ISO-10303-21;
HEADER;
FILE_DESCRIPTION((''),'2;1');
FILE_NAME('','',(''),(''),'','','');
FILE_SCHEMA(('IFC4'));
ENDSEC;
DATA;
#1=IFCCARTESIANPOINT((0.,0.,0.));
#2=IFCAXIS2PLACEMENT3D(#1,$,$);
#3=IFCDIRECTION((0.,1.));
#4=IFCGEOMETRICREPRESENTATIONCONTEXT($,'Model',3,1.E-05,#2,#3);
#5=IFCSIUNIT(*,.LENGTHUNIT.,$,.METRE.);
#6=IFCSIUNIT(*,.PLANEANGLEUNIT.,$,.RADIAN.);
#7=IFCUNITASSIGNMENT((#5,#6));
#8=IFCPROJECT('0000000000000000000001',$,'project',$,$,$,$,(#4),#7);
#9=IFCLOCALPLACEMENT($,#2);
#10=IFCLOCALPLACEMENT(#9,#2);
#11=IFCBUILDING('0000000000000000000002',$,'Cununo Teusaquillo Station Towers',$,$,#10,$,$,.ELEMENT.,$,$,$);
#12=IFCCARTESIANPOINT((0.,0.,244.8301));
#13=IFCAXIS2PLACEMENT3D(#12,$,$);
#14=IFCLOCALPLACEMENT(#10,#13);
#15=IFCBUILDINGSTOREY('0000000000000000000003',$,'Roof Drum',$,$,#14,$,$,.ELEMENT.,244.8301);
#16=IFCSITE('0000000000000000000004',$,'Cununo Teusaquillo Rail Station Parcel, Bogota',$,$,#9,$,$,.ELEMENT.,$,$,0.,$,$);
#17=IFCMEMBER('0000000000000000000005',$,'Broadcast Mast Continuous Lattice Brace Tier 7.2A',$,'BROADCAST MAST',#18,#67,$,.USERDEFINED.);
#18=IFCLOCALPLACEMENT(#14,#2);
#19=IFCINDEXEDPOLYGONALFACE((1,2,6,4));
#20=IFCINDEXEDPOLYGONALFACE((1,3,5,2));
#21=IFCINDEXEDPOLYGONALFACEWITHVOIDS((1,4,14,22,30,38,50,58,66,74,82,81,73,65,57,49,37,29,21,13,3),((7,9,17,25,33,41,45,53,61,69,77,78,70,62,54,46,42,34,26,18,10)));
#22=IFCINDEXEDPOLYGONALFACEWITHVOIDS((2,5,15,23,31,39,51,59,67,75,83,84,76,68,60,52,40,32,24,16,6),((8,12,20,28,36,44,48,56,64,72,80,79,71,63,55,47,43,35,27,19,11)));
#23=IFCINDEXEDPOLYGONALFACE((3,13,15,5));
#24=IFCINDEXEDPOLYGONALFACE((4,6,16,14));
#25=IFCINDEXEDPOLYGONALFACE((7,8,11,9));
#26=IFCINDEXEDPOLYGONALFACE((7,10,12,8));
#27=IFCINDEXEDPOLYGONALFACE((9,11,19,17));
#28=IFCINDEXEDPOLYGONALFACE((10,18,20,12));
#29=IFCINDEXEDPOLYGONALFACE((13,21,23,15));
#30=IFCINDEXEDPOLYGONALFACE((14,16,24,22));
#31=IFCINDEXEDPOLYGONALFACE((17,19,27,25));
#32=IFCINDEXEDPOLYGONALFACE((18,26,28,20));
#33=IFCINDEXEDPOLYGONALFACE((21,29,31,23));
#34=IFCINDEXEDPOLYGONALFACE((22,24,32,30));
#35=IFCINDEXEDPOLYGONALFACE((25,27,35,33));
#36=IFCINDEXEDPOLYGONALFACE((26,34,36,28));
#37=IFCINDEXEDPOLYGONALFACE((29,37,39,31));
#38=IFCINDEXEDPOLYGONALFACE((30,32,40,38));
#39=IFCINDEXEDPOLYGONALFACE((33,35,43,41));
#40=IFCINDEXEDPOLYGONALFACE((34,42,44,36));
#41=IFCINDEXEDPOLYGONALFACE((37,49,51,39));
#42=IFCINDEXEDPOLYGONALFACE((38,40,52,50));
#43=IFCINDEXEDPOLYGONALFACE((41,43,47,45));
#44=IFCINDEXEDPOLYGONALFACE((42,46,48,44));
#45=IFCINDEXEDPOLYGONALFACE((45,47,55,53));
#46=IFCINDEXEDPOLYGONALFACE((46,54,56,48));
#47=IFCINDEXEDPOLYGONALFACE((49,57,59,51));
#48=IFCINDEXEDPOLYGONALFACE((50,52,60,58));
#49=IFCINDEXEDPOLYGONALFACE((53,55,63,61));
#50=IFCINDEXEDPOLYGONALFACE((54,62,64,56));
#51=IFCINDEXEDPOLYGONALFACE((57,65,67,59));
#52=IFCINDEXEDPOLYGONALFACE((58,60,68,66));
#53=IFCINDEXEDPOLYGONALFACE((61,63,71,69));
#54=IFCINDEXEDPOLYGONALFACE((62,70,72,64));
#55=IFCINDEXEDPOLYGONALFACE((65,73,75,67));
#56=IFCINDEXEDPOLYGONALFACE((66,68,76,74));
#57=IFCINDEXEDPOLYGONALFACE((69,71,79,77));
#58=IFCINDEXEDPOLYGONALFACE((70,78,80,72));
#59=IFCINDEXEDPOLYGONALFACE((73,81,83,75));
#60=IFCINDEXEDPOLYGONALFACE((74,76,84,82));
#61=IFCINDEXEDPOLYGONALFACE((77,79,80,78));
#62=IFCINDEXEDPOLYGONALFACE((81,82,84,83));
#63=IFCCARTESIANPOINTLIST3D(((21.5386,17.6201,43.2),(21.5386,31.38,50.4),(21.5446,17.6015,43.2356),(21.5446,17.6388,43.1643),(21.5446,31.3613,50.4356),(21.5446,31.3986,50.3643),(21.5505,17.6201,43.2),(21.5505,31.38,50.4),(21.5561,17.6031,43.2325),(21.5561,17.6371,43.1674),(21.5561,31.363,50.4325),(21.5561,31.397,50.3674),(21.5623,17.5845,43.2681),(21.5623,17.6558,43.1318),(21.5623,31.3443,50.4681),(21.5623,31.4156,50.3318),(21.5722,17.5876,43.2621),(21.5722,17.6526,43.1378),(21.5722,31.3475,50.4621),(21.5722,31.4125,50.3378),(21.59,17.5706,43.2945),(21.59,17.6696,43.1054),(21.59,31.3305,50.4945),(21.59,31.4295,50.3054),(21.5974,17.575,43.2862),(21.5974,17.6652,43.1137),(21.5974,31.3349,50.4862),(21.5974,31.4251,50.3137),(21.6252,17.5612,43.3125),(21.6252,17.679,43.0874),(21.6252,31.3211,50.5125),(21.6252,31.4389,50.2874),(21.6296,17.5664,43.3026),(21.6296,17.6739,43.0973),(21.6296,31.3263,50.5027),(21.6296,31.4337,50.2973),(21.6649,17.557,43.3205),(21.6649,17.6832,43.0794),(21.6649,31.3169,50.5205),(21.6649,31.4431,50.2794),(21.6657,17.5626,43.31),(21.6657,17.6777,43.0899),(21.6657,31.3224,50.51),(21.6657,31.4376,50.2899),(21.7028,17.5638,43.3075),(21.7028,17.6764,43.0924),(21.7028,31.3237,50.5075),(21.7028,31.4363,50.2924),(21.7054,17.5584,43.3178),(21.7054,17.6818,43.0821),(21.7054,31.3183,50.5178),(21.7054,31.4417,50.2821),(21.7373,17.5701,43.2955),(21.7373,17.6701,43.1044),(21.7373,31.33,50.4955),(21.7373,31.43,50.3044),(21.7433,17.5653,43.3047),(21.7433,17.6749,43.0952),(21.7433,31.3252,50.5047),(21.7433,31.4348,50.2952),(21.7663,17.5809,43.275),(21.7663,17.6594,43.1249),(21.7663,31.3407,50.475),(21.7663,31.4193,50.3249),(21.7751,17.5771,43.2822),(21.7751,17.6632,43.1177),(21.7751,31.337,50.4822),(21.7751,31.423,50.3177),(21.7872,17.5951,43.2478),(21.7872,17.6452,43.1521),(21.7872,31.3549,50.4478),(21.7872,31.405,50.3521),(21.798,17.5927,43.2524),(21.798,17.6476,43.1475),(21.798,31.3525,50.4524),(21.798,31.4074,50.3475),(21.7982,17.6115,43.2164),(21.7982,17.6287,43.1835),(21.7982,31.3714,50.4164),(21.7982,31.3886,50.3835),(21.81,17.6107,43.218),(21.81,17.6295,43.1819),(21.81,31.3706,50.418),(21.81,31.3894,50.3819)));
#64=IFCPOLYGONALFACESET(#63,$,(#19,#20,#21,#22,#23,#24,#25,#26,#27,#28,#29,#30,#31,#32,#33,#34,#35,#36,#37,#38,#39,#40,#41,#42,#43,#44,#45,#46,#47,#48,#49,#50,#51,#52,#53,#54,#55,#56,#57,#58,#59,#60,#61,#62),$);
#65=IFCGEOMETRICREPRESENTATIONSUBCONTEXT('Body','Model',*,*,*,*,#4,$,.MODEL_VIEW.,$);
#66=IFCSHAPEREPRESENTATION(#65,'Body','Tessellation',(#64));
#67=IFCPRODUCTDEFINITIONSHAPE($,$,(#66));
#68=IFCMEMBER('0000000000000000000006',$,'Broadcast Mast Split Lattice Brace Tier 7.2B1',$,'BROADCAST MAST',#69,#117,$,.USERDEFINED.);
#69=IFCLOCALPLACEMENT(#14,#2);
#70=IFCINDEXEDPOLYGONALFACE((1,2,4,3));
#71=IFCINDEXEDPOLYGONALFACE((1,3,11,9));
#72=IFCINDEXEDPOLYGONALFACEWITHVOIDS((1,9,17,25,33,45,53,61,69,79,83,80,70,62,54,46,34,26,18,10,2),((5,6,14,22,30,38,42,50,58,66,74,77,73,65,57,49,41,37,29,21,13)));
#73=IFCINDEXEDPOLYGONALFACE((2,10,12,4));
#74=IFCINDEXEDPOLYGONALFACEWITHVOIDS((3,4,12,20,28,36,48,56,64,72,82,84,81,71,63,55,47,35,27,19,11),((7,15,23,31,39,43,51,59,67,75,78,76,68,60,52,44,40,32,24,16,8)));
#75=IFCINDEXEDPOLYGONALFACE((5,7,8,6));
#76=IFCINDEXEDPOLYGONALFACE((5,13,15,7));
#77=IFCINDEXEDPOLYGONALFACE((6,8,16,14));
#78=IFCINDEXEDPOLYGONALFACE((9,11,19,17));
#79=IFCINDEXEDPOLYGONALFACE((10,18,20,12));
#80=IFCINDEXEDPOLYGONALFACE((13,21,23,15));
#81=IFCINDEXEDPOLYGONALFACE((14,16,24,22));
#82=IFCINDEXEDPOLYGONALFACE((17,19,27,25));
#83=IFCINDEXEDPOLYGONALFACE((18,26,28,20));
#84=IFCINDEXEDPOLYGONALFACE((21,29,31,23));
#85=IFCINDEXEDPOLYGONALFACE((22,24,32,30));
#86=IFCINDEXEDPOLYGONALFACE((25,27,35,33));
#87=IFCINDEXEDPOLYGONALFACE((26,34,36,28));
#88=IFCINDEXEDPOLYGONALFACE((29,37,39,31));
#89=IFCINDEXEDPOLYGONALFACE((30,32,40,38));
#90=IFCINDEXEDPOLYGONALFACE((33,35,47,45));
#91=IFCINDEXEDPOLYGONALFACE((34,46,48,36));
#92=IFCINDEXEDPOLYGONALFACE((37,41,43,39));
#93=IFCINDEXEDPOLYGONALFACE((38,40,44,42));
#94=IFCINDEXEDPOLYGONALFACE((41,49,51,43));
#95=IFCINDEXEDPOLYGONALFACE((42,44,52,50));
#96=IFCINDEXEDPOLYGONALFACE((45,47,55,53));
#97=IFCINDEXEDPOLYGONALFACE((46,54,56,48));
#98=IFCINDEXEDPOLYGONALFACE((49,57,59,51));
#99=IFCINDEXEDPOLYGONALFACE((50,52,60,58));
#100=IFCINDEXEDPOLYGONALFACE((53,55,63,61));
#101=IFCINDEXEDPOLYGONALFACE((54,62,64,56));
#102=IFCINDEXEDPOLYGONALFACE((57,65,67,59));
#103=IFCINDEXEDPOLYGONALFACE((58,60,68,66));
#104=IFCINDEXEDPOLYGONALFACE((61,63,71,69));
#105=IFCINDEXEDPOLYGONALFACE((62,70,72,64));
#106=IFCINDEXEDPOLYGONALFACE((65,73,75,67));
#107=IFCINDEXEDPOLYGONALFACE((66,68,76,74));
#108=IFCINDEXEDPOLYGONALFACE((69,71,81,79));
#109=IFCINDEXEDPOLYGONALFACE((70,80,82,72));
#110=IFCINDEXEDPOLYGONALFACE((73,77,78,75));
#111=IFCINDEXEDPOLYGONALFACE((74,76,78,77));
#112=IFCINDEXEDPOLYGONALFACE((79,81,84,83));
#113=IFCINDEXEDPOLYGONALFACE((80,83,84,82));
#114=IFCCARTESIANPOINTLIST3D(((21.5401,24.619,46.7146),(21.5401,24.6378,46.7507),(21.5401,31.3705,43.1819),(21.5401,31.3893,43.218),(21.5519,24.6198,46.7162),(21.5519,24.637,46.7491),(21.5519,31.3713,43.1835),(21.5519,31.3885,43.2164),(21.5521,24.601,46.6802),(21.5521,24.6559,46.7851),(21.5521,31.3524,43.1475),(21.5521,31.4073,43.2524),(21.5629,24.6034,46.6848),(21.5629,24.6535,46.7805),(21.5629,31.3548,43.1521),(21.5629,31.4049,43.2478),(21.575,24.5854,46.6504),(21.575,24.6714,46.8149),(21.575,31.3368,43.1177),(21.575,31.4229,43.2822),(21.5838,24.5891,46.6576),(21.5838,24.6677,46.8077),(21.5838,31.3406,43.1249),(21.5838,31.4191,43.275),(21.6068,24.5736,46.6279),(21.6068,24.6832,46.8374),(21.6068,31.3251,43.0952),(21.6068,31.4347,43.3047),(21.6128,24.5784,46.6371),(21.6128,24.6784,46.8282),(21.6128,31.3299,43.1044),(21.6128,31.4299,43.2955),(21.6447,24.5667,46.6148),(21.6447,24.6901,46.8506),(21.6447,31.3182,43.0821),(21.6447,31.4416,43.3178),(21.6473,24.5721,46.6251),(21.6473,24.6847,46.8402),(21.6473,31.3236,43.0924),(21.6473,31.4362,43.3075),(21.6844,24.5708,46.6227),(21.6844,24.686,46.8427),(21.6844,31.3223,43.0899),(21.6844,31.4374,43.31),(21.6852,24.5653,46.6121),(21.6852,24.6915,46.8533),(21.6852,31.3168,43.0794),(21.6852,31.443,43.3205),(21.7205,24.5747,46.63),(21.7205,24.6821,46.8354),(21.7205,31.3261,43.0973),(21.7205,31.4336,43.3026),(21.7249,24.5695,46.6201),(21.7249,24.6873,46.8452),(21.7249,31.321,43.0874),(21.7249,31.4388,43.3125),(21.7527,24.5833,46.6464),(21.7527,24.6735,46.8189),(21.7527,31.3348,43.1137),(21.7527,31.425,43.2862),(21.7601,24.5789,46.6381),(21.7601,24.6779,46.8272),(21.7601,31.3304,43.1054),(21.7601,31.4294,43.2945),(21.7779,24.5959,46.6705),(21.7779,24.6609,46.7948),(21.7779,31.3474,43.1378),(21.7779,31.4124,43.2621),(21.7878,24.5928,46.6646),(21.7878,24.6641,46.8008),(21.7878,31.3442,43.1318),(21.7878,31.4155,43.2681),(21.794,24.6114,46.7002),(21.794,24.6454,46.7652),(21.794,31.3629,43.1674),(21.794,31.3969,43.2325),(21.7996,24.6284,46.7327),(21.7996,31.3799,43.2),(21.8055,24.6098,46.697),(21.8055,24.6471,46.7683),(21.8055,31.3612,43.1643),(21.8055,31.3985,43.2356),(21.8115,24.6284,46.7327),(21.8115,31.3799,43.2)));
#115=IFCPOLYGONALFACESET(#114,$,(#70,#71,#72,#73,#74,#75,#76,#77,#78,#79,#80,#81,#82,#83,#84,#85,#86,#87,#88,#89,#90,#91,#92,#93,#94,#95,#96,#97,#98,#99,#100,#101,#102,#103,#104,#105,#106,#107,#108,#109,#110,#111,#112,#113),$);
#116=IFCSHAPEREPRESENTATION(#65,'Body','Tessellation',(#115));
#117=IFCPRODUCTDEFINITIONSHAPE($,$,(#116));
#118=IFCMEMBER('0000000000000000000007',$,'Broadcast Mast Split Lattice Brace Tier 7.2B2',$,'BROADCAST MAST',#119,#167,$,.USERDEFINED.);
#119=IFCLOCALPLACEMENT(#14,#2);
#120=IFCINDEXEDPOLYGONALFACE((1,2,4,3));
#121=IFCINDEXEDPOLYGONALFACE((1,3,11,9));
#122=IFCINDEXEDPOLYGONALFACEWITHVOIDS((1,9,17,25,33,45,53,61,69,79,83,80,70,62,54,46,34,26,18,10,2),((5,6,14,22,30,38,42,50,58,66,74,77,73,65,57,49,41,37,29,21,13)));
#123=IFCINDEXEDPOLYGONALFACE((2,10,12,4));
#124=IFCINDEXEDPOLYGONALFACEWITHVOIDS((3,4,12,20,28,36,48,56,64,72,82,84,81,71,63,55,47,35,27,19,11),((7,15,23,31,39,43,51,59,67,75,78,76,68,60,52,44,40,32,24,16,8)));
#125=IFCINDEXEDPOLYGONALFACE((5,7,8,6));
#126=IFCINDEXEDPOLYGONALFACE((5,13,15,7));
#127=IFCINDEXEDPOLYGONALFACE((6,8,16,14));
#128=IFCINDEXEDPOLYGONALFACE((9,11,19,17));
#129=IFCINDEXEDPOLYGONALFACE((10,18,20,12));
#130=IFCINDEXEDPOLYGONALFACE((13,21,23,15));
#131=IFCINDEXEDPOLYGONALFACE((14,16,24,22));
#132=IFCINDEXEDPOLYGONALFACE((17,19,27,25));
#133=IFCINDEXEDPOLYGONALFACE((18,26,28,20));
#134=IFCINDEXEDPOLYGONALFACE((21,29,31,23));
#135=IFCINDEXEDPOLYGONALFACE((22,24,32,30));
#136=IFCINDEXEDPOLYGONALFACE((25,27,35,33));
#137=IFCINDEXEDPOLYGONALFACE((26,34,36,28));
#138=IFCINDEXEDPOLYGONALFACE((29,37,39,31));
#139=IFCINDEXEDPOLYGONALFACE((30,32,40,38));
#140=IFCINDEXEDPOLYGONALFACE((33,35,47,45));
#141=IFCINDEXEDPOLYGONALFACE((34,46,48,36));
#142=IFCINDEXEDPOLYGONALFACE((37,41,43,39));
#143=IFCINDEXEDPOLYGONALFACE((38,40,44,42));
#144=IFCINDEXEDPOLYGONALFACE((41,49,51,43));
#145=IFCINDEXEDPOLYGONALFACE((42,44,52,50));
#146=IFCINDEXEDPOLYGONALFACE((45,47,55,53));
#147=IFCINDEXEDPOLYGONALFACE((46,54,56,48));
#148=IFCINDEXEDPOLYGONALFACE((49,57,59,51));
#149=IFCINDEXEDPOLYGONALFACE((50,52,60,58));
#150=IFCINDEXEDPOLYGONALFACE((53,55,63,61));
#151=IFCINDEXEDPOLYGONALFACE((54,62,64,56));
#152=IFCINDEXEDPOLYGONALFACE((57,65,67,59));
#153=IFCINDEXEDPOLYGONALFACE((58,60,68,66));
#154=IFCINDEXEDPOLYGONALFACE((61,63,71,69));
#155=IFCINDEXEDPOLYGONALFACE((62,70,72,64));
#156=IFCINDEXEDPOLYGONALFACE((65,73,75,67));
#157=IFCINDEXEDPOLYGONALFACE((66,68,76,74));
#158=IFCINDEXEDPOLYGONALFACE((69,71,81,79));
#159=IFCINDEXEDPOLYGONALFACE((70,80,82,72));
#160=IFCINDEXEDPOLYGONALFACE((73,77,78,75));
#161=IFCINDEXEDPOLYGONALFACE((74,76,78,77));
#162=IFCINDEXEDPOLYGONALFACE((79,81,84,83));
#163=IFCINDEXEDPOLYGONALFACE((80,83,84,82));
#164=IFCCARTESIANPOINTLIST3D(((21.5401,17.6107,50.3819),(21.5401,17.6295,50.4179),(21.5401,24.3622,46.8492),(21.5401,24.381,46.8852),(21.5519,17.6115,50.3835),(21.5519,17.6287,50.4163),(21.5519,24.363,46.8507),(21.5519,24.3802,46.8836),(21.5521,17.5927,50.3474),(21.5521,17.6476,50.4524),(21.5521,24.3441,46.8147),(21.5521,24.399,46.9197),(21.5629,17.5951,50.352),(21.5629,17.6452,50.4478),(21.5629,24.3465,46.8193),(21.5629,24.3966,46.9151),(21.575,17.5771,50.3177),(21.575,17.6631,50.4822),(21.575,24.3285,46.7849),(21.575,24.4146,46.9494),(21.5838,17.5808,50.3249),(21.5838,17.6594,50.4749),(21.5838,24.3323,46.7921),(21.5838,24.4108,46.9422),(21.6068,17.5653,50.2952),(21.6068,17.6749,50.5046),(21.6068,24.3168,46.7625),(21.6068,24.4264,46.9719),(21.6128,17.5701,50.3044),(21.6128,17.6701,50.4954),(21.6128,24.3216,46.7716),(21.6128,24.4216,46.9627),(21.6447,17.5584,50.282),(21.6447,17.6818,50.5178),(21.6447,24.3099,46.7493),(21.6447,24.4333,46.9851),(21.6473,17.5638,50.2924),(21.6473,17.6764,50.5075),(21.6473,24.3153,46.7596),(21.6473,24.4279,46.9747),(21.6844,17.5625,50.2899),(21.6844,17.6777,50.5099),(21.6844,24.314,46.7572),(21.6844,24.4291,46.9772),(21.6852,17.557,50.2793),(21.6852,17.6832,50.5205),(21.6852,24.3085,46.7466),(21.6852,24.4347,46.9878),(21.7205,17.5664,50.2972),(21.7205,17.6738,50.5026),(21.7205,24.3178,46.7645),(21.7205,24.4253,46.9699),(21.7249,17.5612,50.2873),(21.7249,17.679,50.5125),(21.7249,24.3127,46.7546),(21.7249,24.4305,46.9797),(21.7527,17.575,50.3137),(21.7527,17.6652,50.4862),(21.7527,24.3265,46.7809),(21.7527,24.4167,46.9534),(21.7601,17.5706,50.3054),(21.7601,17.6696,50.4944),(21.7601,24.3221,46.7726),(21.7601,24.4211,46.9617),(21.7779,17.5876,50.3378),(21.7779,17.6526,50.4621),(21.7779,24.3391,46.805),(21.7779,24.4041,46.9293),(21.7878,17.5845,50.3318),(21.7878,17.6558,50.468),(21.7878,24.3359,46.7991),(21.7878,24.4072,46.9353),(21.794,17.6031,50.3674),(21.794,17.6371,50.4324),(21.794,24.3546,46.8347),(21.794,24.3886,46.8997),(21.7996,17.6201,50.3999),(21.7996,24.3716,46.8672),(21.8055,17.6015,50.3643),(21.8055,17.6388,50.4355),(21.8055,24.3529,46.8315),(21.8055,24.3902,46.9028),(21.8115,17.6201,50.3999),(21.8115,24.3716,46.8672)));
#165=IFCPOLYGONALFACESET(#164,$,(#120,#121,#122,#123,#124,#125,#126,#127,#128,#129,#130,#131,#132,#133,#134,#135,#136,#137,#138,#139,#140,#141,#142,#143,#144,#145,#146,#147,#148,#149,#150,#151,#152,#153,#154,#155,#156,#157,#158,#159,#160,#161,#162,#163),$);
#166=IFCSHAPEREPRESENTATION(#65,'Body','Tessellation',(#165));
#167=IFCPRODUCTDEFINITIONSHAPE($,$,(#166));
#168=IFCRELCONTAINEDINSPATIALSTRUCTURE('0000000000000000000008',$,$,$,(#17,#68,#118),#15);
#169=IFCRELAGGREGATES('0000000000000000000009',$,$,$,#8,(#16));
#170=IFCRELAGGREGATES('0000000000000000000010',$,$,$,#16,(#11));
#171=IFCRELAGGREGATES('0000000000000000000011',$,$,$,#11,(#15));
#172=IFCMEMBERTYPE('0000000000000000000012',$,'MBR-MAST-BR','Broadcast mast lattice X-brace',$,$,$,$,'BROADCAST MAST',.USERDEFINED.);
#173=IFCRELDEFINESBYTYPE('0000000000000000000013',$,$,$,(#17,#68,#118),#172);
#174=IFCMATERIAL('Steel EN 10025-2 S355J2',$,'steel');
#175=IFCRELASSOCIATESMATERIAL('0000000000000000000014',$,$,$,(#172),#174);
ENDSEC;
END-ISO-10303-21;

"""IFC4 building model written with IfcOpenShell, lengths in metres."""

from ifc_helpers import new_model, si_unit, direction, frame, origin, origin_2d, place, context, subcontext, project, spatial, hollow_circle, extrude, material, material_profile, profile_set, type_object, element, save


model = new_model("IFC4")

# Units and contexts
model_context = context("Model", 3, precision=1e-05, world=origin(), true_north=direction((0.0, 1.0)))
body_context = subcontext(model_context, "Body", "Model", "MODEL_VIEW")
ifc_project = project(units=[si_unit("LENGTHUNIT", "METRE"), si_unit("PLANEANGLEUNIT", "RADIAN")], contexts=[model_context])

# Site, building, storey
site_placement = place(None, origin())
site = spatial("IfcSite", under=ifc_project, at=site_placement, Name="Cununo Teusaquillo Rail Station Parcel, Bogota", CompositionType="ELEMENT", RefElevation=0.0)
building_placement = place(site_placement, origin())
building = spatial("IfcBuilding", under=site, at=building_placement, Name="Cununo Teusaquillo Station Towers", CompositionType="ELEMENT")
storey_placement = place(building_placement, frame((0.0, 0.0, 244.8301)))
storey = spatial("IfcBuildingStorey", under=building, at=storey_placement, Name="Roof Drum", CompositionType="ELEMENT", Elevation=244.8301)

# Members
ifc_material_1 = material(Name="Steel EN 10025-2 S355J2", Category="steel")
ifc_material_profile_1 = material_profile(ifc_material_1, hollow_circle(Radius=0.1365, WallThickness=0.012, at=origin_2d()), Name="CHS 273x12")
ifc_profile_set_1 = profile_set([ifc_material_profile_1], Name="Steel EN 10025-2 S355J2")
member_type_1 = type_object("IfcMemberType", Name="MBR-MAST-BR", Description="Broadcast mast lattice X-brace", ElementType="BROADCAST MAST", PredefinedType="USERDEFINED", material=ifc_profile_set_1)
member_1_placement = place(storey_placement, frame((21.675, 17.6201, 43.2), z_axis=(0.0, 0.886031, 0.463626), x_axis=(-1.0, 0.0, 0.0)))
element("IfcMember", 1, at=member_1_placement, inside=storey, type_object=member_type_1, Name="Broadcast Mast Continuous Lattice Brace Tier 7.2A", ObjectType="BROADCAST MAST", PredefinedType="USERDEFINED", context=body_context, shape_type="SweptSolid", body=[
    extrude(hollow_circle(Radius=0.1365, WallThickness=0.012, at=origin_2d()), origin(), (0.0, 0.0, 1.0), 15.5298),
])
for number, where, z_axis, x_axis, name in (
    (2, (21.675, 31.3799, 43.2), (0.0, -0.886035, 0.463619), (1.0, 0.0, 0.0), "Broadcast Mast Split Lattice Brace Tier 7.2B1"),
    (3, (21.675, 24.3716, 46.8672), (0.0, -0.886035, 0.463619), (1.0, 0.0, 0.0), "Broadcast Mast Split Lattice Brace Tier 7.2B2"),
):
    element("IfcMember", number, at=place(storey_placement, frame(where, z_axis=z_axis, x_axis=x_axis)), inside=storey, type_object=member_type_1, Name=name, ObjectType="BROADCAST MAST", PredefinedType="USERDEFINED", context=body_context, shape_type="SweptSolid", body=[
        extrude(hollow_circle(Radius=0.1365, WallThickness=0.012, at=origin_2d()), origin(), (0.0, 0.0, 1.0), 7.6199),
    ])

save(model, "model.ifc")
